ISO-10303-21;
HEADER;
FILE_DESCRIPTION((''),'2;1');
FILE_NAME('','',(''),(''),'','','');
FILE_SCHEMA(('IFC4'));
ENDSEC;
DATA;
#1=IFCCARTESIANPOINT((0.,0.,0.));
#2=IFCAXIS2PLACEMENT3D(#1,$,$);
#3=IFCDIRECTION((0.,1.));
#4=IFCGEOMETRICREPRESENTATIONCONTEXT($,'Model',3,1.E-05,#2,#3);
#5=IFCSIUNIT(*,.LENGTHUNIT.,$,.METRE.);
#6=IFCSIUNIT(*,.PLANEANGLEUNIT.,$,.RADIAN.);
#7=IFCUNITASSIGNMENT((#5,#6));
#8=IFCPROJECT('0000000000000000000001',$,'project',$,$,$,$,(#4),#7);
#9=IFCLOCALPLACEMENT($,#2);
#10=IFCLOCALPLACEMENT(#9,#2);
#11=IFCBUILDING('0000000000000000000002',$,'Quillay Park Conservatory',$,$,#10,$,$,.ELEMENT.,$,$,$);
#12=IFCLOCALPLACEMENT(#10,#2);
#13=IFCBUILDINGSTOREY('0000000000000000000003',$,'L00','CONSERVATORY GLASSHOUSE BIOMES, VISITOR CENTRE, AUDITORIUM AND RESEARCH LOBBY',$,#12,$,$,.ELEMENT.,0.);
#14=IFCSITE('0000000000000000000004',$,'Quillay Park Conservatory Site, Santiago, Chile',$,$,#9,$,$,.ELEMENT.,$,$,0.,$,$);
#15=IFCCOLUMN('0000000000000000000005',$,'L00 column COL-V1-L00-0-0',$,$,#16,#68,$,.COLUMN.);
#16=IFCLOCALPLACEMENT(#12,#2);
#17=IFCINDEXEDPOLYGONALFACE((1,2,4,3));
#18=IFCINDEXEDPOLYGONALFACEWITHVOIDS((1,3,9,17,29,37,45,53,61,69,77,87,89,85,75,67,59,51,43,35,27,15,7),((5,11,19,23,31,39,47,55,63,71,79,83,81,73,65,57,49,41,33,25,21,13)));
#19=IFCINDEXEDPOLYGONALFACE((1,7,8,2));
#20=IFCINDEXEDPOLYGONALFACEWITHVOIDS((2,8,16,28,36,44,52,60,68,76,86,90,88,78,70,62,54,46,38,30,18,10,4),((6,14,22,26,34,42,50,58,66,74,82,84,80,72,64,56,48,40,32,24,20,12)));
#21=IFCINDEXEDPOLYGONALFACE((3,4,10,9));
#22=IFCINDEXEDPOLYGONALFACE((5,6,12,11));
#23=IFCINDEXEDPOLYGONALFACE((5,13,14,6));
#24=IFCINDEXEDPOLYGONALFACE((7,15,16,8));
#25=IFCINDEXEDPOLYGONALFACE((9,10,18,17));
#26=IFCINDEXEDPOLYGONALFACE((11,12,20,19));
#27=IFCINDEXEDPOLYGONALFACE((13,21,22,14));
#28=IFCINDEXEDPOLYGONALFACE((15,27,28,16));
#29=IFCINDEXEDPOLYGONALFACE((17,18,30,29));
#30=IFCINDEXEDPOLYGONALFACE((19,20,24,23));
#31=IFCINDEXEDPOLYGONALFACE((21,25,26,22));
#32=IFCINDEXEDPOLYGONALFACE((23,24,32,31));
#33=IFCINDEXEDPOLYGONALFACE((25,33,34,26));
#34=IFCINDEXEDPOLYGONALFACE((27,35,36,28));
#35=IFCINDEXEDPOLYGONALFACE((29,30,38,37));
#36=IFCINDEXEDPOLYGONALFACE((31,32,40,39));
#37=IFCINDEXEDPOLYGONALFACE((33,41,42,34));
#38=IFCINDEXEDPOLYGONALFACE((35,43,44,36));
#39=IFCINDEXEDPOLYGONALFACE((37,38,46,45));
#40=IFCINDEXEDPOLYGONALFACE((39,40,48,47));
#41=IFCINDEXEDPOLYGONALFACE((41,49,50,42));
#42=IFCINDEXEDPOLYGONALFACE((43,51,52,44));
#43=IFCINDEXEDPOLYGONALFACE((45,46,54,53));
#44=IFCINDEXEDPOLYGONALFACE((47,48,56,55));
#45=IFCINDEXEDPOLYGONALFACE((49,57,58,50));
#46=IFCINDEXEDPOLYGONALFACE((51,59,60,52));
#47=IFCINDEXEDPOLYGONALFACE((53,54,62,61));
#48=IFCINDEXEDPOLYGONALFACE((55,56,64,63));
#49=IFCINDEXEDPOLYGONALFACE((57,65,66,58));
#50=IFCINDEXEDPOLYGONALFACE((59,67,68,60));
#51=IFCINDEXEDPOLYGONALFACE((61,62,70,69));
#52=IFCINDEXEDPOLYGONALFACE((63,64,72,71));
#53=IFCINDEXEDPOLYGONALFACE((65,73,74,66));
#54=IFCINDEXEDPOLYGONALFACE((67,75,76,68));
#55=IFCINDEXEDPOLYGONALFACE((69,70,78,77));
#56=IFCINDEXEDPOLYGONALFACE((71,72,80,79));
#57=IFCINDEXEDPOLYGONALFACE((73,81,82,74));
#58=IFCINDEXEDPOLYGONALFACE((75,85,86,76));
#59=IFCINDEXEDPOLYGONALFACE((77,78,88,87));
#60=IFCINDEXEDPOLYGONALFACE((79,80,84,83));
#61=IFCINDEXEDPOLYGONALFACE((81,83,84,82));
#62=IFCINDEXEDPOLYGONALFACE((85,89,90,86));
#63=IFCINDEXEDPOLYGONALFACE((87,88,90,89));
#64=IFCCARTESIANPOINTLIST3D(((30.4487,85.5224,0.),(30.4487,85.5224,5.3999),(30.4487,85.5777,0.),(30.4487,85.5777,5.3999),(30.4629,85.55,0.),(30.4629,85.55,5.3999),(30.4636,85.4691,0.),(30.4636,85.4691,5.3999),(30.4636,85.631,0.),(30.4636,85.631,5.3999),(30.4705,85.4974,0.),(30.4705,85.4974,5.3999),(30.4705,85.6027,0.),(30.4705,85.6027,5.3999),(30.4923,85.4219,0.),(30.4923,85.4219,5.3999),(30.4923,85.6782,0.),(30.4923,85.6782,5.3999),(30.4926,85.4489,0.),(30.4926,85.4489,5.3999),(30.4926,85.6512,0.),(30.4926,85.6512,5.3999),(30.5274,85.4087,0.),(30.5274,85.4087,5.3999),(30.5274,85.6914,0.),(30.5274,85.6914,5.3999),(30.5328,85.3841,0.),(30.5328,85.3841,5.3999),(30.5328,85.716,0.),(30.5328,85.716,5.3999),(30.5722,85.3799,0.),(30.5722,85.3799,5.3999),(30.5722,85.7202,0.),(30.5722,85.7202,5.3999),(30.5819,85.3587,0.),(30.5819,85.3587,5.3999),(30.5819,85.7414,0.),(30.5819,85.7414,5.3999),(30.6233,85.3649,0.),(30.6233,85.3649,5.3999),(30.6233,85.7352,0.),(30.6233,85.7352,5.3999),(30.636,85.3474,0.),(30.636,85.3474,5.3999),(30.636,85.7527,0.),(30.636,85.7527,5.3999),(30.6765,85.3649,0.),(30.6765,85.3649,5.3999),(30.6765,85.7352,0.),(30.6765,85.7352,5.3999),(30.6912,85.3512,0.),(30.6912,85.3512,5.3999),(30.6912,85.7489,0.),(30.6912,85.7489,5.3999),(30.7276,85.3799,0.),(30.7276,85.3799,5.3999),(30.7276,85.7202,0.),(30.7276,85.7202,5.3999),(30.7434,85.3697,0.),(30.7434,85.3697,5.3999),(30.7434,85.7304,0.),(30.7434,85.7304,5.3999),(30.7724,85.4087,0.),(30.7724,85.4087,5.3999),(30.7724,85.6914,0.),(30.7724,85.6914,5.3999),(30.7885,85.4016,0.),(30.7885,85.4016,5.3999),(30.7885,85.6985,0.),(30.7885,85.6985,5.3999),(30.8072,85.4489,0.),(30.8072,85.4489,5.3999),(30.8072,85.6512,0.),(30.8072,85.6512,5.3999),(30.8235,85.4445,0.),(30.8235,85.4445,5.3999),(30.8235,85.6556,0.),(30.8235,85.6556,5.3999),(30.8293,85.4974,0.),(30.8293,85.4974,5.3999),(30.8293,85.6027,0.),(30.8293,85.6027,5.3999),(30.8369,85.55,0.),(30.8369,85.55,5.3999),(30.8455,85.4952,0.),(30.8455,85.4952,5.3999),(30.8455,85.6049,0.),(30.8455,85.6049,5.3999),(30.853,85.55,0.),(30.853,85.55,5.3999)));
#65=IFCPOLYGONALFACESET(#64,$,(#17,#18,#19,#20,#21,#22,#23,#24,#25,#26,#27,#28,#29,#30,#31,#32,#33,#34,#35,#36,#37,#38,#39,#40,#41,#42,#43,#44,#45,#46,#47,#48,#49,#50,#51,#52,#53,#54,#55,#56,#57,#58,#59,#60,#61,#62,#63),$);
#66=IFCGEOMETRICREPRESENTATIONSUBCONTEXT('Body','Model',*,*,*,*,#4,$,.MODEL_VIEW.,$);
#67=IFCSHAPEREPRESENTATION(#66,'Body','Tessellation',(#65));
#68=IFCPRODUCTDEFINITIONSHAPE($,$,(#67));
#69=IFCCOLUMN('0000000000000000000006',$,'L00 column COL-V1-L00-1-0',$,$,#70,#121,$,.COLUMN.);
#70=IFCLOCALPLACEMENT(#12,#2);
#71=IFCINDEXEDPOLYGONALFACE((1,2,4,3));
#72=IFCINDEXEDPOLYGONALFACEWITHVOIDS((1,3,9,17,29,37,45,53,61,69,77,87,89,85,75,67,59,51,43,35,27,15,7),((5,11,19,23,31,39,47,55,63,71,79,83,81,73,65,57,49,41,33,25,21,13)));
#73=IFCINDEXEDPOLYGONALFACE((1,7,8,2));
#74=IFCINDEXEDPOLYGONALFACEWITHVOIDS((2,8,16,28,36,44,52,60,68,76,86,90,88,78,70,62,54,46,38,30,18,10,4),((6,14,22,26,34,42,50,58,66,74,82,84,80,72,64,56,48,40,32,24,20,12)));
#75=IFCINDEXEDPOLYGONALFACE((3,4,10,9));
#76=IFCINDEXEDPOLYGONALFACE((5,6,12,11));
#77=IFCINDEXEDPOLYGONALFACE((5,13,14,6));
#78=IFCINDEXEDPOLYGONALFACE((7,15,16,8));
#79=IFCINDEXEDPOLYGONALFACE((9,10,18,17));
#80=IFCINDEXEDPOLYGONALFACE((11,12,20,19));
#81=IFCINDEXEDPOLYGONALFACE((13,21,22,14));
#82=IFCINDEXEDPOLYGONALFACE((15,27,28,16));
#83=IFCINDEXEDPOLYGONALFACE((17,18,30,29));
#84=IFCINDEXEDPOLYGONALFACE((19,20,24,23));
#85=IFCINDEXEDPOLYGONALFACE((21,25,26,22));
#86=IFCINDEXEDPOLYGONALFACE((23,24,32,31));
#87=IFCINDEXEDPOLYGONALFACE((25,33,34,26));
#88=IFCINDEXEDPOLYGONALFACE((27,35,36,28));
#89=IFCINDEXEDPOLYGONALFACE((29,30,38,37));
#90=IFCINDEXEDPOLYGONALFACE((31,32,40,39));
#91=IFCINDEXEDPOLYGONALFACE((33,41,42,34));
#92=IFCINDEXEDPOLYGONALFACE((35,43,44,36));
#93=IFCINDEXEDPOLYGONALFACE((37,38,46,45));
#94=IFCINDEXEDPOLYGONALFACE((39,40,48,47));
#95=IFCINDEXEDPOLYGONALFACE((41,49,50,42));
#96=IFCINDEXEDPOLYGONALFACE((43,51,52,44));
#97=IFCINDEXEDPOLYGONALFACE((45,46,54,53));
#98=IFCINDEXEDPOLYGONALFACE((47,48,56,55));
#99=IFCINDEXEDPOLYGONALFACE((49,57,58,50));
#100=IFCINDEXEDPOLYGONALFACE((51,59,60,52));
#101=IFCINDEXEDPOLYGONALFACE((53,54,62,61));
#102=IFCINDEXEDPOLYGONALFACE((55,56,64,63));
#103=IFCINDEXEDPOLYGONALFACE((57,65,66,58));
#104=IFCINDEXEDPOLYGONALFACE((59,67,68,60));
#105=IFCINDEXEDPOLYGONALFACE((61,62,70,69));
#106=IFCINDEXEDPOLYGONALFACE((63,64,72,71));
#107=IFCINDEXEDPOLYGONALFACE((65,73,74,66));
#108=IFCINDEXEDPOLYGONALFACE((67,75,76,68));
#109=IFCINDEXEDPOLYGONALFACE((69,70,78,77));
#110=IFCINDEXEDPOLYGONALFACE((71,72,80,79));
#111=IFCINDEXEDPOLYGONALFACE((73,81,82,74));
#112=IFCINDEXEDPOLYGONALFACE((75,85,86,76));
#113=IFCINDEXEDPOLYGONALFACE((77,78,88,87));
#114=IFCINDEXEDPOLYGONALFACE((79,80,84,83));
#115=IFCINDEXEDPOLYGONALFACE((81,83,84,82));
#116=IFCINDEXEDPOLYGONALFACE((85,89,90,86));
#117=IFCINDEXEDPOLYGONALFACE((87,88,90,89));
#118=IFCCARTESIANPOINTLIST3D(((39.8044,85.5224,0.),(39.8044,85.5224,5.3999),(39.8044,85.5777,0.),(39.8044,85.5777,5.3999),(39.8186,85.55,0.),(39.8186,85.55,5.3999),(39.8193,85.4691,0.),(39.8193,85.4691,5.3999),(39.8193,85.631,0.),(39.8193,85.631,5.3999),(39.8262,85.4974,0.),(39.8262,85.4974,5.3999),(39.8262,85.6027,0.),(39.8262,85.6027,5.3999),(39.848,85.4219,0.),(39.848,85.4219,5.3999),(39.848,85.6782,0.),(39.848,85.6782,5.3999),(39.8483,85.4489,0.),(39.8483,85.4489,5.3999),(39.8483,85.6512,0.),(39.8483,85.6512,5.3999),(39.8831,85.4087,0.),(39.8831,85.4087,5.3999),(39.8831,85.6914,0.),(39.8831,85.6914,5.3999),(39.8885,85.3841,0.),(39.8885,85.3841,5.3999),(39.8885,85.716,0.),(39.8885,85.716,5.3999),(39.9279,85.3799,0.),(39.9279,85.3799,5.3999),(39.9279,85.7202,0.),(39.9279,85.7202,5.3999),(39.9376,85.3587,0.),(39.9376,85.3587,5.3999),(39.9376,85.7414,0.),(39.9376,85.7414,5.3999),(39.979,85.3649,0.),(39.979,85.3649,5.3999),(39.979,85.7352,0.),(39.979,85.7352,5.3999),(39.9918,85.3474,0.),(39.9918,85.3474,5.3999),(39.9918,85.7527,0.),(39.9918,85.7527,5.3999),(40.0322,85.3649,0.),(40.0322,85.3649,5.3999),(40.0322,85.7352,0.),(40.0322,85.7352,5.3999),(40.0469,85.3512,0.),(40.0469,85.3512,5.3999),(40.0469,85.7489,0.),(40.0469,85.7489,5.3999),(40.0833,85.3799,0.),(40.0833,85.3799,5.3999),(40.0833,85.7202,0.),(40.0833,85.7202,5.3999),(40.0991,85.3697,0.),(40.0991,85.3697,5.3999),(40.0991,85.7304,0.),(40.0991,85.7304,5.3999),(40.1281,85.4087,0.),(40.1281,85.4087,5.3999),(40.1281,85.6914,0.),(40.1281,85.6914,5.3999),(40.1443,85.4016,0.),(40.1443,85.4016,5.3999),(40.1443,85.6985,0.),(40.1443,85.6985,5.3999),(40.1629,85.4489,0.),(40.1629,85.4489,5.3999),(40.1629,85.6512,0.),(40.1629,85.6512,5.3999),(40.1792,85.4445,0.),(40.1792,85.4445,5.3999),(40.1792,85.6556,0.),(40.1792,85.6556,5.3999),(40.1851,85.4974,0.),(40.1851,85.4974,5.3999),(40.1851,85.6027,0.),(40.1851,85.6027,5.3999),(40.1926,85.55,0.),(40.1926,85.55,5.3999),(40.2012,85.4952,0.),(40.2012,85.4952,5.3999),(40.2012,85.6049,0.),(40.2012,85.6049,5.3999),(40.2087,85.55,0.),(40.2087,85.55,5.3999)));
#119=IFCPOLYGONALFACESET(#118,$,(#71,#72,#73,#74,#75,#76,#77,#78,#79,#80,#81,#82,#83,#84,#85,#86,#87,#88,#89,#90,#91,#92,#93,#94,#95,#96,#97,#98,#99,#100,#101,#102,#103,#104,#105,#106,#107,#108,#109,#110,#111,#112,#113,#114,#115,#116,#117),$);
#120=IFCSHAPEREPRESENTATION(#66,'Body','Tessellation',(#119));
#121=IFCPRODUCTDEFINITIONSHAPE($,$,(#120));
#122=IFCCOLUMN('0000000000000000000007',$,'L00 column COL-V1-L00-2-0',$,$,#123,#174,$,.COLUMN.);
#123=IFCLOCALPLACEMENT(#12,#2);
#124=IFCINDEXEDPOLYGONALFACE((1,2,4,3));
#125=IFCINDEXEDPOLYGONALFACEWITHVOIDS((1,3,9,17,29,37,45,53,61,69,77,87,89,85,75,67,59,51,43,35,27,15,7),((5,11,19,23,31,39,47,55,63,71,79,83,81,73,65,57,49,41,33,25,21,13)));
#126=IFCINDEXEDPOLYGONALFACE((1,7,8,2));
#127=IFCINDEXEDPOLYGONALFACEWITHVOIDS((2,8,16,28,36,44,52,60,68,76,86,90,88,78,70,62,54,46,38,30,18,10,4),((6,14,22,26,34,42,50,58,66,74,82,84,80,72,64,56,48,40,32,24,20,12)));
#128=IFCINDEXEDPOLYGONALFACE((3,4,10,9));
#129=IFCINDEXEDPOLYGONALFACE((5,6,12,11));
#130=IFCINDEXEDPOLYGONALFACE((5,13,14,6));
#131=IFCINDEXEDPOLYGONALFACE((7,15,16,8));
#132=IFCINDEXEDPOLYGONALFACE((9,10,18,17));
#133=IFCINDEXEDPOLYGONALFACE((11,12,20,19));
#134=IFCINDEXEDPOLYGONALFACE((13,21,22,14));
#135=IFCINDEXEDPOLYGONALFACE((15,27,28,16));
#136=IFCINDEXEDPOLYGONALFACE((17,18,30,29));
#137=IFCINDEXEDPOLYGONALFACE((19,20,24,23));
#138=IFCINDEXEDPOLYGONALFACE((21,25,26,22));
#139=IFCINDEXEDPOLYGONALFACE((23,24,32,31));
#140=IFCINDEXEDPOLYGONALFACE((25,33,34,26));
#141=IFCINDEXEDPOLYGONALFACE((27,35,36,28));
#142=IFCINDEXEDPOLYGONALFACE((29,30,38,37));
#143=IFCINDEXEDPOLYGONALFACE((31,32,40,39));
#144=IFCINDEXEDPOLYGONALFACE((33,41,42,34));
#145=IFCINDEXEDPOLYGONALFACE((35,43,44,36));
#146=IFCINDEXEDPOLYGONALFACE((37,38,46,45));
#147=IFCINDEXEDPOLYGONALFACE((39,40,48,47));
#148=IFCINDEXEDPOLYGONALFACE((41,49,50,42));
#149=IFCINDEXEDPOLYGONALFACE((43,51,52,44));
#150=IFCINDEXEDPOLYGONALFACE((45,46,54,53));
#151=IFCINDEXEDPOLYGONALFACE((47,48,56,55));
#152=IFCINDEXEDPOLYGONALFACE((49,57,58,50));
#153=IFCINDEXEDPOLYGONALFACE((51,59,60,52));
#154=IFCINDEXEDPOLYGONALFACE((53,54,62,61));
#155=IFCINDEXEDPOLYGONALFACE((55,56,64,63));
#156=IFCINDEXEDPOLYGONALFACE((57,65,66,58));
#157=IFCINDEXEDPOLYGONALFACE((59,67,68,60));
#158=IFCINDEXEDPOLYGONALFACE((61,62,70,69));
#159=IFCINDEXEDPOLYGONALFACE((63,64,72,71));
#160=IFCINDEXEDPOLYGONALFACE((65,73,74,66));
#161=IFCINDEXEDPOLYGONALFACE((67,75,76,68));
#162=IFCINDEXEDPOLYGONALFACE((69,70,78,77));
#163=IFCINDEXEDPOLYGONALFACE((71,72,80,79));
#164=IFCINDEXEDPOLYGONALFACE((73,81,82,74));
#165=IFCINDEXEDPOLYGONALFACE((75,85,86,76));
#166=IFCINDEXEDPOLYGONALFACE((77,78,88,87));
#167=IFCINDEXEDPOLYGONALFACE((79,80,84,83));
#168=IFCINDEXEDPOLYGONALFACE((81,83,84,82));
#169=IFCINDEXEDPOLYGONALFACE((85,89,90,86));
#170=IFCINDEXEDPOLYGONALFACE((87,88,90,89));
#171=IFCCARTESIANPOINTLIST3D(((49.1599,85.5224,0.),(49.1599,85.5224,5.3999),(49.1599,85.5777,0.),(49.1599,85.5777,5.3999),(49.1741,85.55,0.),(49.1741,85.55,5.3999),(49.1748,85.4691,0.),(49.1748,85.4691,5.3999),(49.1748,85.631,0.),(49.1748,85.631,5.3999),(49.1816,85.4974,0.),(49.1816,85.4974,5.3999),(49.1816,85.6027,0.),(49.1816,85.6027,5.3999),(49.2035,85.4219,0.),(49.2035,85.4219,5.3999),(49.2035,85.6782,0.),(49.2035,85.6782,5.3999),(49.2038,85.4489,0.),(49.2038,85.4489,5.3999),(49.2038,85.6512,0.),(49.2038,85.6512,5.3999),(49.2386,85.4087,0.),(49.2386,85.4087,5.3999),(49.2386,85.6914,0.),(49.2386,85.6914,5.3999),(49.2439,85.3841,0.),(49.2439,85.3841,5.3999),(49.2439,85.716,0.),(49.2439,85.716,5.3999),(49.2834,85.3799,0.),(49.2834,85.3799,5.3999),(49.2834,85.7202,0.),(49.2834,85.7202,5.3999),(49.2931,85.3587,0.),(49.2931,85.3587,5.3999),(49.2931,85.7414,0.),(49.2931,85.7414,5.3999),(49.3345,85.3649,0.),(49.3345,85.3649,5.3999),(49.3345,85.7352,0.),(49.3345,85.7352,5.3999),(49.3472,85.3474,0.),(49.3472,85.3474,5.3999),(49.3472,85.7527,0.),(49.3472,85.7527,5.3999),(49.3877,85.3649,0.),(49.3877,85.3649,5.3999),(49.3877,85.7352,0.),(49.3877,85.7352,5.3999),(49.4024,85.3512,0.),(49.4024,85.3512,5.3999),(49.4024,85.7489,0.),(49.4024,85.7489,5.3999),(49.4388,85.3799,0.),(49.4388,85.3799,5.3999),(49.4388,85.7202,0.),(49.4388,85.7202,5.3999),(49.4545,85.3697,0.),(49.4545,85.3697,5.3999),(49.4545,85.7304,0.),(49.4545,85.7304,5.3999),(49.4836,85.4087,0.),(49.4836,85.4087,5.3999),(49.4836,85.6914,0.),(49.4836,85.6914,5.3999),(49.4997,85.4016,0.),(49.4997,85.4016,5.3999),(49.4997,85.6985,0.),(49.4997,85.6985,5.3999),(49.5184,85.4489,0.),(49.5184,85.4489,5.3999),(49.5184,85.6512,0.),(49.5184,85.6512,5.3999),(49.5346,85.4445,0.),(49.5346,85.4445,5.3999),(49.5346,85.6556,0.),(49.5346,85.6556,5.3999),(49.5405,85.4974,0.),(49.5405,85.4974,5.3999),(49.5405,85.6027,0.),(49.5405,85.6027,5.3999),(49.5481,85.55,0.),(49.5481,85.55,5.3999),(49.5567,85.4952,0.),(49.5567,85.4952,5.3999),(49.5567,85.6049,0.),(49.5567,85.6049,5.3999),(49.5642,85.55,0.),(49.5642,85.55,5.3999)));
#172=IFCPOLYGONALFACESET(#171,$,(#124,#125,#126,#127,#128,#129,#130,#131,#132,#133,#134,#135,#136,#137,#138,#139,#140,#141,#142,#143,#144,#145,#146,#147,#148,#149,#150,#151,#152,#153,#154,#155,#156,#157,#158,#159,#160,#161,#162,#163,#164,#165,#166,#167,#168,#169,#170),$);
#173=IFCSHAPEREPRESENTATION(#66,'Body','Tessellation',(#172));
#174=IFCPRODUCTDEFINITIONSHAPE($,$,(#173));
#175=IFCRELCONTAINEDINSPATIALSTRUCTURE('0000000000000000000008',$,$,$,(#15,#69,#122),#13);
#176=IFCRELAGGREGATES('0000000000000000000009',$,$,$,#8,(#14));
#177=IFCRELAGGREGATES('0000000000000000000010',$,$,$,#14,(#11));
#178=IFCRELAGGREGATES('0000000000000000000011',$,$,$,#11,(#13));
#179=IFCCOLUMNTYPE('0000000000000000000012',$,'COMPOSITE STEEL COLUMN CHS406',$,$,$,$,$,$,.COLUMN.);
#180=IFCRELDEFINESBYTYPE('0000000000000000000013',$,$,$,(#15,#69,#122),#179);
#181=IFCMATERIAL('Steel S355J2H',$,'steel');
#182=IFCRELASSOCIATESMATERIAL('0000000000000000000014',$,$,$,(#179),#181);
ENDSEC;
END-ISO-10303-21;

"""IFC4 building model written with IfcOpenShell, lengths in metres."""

from ifc_helpers import new_model, si_unit, direction, frame, origin, origin_2d, place, context, subcontext, project, spatial, hollow_circle, extrude, material, material_profile, profile_set, type_object, element, save


model = new_model("IFC4")

# Units and contexts
model_context = context("Model", 3, precision=1e-05, world=origin(), true_north=direction((0.0, 1.0)))
body_context = subcontext(model_context, "Body", "Model", "MODEL_VIEW")
ifc_project = project(units=[si_unit("LENGTHUNIT", "METRE"), si_unit("PLANEANGLEUNIT", "RADIAN")], contexts=[model_context])

# Site, building, storey
site_placement = place(None, origin())
site = spatial("IfcSite", under=ifc_project, at=site_placement, Name="Quillay Park Conservatory Site, Santiago, Chile", CompositionType="ELEMENT", RefElevation=0.0)
building_placement = place(site_placement, origin())
building = spatial("IfcBuilding", under=site, at=building_placement, Name="Quillay Park Conservatory", CompositionType="ELEMENT")
storey_placement = place(building_placement, origin())
storey = spatial("IfcBuildingStorey", under=building, at=storey_placement, Name="L00", Description="CONSERVATORY GLASSHOUSE BIOMES, VISITOR CENTRE, AUDITORIUM AND RESEARCH LOBBY", CompositionType="ELEMENT", Elevation=0.0)

# Columns
ifc_material_1 = material(Name="Steel S355J2H", Category="steel")
ifc_material_profile_1 = material_profile(ifc_material_1, hollow_circle(Radius=0.2031, WallThickness=0.0161, at=origin_2d()), Name="CHS406.4x16")
ifc_profile_set_1 = profile_set([ifc_material_profile_1], Name="Steel S355J2H")
column_type_1 = type_object("IfcColumnType", Name="COMPOSITE STEEL COLUMN CHS406", PredefinedType="COLUMN", material=ifc_profile_set_1)
for number, where, z_axis, x_axis, name in (
    (1, (30.6499, 85.55, 0.0), (0.0, 0.0, 1.0), (1.0, 0.0, 0.0), "L00 column COL-V1-L00-0-0"),
    (2, (40.0056, 85.55, 0.0), (0.0, 0.0, 1.0), (1.0, 0.0, 0.0), "L00 column COL-V1-L00-1-0"),
    (3, (49.3611, 85.55, 0.0), (0.0, 0.0, 1.0), (1.0, 0.0, 0.0), "L00 column COL-V1-L00-2-0"),
):
    element("IfcColumn", number, at=place(storey_placement, frame(where, z_axis=z_axis, x_axis=x_axis)), inside=storey, type_object=column_type_1, Name=name, PredefinedType="COLUMN", context=body_context, shape_type="SweptSolid", body=[
        extrude(hollow_circle(Radius=0.2031, WallThickness=0.0161, at=origin_2d()), origin(), (0.0, 0.0, 1.0), 5.3999),
    ])

save(model, "model.ifc")
